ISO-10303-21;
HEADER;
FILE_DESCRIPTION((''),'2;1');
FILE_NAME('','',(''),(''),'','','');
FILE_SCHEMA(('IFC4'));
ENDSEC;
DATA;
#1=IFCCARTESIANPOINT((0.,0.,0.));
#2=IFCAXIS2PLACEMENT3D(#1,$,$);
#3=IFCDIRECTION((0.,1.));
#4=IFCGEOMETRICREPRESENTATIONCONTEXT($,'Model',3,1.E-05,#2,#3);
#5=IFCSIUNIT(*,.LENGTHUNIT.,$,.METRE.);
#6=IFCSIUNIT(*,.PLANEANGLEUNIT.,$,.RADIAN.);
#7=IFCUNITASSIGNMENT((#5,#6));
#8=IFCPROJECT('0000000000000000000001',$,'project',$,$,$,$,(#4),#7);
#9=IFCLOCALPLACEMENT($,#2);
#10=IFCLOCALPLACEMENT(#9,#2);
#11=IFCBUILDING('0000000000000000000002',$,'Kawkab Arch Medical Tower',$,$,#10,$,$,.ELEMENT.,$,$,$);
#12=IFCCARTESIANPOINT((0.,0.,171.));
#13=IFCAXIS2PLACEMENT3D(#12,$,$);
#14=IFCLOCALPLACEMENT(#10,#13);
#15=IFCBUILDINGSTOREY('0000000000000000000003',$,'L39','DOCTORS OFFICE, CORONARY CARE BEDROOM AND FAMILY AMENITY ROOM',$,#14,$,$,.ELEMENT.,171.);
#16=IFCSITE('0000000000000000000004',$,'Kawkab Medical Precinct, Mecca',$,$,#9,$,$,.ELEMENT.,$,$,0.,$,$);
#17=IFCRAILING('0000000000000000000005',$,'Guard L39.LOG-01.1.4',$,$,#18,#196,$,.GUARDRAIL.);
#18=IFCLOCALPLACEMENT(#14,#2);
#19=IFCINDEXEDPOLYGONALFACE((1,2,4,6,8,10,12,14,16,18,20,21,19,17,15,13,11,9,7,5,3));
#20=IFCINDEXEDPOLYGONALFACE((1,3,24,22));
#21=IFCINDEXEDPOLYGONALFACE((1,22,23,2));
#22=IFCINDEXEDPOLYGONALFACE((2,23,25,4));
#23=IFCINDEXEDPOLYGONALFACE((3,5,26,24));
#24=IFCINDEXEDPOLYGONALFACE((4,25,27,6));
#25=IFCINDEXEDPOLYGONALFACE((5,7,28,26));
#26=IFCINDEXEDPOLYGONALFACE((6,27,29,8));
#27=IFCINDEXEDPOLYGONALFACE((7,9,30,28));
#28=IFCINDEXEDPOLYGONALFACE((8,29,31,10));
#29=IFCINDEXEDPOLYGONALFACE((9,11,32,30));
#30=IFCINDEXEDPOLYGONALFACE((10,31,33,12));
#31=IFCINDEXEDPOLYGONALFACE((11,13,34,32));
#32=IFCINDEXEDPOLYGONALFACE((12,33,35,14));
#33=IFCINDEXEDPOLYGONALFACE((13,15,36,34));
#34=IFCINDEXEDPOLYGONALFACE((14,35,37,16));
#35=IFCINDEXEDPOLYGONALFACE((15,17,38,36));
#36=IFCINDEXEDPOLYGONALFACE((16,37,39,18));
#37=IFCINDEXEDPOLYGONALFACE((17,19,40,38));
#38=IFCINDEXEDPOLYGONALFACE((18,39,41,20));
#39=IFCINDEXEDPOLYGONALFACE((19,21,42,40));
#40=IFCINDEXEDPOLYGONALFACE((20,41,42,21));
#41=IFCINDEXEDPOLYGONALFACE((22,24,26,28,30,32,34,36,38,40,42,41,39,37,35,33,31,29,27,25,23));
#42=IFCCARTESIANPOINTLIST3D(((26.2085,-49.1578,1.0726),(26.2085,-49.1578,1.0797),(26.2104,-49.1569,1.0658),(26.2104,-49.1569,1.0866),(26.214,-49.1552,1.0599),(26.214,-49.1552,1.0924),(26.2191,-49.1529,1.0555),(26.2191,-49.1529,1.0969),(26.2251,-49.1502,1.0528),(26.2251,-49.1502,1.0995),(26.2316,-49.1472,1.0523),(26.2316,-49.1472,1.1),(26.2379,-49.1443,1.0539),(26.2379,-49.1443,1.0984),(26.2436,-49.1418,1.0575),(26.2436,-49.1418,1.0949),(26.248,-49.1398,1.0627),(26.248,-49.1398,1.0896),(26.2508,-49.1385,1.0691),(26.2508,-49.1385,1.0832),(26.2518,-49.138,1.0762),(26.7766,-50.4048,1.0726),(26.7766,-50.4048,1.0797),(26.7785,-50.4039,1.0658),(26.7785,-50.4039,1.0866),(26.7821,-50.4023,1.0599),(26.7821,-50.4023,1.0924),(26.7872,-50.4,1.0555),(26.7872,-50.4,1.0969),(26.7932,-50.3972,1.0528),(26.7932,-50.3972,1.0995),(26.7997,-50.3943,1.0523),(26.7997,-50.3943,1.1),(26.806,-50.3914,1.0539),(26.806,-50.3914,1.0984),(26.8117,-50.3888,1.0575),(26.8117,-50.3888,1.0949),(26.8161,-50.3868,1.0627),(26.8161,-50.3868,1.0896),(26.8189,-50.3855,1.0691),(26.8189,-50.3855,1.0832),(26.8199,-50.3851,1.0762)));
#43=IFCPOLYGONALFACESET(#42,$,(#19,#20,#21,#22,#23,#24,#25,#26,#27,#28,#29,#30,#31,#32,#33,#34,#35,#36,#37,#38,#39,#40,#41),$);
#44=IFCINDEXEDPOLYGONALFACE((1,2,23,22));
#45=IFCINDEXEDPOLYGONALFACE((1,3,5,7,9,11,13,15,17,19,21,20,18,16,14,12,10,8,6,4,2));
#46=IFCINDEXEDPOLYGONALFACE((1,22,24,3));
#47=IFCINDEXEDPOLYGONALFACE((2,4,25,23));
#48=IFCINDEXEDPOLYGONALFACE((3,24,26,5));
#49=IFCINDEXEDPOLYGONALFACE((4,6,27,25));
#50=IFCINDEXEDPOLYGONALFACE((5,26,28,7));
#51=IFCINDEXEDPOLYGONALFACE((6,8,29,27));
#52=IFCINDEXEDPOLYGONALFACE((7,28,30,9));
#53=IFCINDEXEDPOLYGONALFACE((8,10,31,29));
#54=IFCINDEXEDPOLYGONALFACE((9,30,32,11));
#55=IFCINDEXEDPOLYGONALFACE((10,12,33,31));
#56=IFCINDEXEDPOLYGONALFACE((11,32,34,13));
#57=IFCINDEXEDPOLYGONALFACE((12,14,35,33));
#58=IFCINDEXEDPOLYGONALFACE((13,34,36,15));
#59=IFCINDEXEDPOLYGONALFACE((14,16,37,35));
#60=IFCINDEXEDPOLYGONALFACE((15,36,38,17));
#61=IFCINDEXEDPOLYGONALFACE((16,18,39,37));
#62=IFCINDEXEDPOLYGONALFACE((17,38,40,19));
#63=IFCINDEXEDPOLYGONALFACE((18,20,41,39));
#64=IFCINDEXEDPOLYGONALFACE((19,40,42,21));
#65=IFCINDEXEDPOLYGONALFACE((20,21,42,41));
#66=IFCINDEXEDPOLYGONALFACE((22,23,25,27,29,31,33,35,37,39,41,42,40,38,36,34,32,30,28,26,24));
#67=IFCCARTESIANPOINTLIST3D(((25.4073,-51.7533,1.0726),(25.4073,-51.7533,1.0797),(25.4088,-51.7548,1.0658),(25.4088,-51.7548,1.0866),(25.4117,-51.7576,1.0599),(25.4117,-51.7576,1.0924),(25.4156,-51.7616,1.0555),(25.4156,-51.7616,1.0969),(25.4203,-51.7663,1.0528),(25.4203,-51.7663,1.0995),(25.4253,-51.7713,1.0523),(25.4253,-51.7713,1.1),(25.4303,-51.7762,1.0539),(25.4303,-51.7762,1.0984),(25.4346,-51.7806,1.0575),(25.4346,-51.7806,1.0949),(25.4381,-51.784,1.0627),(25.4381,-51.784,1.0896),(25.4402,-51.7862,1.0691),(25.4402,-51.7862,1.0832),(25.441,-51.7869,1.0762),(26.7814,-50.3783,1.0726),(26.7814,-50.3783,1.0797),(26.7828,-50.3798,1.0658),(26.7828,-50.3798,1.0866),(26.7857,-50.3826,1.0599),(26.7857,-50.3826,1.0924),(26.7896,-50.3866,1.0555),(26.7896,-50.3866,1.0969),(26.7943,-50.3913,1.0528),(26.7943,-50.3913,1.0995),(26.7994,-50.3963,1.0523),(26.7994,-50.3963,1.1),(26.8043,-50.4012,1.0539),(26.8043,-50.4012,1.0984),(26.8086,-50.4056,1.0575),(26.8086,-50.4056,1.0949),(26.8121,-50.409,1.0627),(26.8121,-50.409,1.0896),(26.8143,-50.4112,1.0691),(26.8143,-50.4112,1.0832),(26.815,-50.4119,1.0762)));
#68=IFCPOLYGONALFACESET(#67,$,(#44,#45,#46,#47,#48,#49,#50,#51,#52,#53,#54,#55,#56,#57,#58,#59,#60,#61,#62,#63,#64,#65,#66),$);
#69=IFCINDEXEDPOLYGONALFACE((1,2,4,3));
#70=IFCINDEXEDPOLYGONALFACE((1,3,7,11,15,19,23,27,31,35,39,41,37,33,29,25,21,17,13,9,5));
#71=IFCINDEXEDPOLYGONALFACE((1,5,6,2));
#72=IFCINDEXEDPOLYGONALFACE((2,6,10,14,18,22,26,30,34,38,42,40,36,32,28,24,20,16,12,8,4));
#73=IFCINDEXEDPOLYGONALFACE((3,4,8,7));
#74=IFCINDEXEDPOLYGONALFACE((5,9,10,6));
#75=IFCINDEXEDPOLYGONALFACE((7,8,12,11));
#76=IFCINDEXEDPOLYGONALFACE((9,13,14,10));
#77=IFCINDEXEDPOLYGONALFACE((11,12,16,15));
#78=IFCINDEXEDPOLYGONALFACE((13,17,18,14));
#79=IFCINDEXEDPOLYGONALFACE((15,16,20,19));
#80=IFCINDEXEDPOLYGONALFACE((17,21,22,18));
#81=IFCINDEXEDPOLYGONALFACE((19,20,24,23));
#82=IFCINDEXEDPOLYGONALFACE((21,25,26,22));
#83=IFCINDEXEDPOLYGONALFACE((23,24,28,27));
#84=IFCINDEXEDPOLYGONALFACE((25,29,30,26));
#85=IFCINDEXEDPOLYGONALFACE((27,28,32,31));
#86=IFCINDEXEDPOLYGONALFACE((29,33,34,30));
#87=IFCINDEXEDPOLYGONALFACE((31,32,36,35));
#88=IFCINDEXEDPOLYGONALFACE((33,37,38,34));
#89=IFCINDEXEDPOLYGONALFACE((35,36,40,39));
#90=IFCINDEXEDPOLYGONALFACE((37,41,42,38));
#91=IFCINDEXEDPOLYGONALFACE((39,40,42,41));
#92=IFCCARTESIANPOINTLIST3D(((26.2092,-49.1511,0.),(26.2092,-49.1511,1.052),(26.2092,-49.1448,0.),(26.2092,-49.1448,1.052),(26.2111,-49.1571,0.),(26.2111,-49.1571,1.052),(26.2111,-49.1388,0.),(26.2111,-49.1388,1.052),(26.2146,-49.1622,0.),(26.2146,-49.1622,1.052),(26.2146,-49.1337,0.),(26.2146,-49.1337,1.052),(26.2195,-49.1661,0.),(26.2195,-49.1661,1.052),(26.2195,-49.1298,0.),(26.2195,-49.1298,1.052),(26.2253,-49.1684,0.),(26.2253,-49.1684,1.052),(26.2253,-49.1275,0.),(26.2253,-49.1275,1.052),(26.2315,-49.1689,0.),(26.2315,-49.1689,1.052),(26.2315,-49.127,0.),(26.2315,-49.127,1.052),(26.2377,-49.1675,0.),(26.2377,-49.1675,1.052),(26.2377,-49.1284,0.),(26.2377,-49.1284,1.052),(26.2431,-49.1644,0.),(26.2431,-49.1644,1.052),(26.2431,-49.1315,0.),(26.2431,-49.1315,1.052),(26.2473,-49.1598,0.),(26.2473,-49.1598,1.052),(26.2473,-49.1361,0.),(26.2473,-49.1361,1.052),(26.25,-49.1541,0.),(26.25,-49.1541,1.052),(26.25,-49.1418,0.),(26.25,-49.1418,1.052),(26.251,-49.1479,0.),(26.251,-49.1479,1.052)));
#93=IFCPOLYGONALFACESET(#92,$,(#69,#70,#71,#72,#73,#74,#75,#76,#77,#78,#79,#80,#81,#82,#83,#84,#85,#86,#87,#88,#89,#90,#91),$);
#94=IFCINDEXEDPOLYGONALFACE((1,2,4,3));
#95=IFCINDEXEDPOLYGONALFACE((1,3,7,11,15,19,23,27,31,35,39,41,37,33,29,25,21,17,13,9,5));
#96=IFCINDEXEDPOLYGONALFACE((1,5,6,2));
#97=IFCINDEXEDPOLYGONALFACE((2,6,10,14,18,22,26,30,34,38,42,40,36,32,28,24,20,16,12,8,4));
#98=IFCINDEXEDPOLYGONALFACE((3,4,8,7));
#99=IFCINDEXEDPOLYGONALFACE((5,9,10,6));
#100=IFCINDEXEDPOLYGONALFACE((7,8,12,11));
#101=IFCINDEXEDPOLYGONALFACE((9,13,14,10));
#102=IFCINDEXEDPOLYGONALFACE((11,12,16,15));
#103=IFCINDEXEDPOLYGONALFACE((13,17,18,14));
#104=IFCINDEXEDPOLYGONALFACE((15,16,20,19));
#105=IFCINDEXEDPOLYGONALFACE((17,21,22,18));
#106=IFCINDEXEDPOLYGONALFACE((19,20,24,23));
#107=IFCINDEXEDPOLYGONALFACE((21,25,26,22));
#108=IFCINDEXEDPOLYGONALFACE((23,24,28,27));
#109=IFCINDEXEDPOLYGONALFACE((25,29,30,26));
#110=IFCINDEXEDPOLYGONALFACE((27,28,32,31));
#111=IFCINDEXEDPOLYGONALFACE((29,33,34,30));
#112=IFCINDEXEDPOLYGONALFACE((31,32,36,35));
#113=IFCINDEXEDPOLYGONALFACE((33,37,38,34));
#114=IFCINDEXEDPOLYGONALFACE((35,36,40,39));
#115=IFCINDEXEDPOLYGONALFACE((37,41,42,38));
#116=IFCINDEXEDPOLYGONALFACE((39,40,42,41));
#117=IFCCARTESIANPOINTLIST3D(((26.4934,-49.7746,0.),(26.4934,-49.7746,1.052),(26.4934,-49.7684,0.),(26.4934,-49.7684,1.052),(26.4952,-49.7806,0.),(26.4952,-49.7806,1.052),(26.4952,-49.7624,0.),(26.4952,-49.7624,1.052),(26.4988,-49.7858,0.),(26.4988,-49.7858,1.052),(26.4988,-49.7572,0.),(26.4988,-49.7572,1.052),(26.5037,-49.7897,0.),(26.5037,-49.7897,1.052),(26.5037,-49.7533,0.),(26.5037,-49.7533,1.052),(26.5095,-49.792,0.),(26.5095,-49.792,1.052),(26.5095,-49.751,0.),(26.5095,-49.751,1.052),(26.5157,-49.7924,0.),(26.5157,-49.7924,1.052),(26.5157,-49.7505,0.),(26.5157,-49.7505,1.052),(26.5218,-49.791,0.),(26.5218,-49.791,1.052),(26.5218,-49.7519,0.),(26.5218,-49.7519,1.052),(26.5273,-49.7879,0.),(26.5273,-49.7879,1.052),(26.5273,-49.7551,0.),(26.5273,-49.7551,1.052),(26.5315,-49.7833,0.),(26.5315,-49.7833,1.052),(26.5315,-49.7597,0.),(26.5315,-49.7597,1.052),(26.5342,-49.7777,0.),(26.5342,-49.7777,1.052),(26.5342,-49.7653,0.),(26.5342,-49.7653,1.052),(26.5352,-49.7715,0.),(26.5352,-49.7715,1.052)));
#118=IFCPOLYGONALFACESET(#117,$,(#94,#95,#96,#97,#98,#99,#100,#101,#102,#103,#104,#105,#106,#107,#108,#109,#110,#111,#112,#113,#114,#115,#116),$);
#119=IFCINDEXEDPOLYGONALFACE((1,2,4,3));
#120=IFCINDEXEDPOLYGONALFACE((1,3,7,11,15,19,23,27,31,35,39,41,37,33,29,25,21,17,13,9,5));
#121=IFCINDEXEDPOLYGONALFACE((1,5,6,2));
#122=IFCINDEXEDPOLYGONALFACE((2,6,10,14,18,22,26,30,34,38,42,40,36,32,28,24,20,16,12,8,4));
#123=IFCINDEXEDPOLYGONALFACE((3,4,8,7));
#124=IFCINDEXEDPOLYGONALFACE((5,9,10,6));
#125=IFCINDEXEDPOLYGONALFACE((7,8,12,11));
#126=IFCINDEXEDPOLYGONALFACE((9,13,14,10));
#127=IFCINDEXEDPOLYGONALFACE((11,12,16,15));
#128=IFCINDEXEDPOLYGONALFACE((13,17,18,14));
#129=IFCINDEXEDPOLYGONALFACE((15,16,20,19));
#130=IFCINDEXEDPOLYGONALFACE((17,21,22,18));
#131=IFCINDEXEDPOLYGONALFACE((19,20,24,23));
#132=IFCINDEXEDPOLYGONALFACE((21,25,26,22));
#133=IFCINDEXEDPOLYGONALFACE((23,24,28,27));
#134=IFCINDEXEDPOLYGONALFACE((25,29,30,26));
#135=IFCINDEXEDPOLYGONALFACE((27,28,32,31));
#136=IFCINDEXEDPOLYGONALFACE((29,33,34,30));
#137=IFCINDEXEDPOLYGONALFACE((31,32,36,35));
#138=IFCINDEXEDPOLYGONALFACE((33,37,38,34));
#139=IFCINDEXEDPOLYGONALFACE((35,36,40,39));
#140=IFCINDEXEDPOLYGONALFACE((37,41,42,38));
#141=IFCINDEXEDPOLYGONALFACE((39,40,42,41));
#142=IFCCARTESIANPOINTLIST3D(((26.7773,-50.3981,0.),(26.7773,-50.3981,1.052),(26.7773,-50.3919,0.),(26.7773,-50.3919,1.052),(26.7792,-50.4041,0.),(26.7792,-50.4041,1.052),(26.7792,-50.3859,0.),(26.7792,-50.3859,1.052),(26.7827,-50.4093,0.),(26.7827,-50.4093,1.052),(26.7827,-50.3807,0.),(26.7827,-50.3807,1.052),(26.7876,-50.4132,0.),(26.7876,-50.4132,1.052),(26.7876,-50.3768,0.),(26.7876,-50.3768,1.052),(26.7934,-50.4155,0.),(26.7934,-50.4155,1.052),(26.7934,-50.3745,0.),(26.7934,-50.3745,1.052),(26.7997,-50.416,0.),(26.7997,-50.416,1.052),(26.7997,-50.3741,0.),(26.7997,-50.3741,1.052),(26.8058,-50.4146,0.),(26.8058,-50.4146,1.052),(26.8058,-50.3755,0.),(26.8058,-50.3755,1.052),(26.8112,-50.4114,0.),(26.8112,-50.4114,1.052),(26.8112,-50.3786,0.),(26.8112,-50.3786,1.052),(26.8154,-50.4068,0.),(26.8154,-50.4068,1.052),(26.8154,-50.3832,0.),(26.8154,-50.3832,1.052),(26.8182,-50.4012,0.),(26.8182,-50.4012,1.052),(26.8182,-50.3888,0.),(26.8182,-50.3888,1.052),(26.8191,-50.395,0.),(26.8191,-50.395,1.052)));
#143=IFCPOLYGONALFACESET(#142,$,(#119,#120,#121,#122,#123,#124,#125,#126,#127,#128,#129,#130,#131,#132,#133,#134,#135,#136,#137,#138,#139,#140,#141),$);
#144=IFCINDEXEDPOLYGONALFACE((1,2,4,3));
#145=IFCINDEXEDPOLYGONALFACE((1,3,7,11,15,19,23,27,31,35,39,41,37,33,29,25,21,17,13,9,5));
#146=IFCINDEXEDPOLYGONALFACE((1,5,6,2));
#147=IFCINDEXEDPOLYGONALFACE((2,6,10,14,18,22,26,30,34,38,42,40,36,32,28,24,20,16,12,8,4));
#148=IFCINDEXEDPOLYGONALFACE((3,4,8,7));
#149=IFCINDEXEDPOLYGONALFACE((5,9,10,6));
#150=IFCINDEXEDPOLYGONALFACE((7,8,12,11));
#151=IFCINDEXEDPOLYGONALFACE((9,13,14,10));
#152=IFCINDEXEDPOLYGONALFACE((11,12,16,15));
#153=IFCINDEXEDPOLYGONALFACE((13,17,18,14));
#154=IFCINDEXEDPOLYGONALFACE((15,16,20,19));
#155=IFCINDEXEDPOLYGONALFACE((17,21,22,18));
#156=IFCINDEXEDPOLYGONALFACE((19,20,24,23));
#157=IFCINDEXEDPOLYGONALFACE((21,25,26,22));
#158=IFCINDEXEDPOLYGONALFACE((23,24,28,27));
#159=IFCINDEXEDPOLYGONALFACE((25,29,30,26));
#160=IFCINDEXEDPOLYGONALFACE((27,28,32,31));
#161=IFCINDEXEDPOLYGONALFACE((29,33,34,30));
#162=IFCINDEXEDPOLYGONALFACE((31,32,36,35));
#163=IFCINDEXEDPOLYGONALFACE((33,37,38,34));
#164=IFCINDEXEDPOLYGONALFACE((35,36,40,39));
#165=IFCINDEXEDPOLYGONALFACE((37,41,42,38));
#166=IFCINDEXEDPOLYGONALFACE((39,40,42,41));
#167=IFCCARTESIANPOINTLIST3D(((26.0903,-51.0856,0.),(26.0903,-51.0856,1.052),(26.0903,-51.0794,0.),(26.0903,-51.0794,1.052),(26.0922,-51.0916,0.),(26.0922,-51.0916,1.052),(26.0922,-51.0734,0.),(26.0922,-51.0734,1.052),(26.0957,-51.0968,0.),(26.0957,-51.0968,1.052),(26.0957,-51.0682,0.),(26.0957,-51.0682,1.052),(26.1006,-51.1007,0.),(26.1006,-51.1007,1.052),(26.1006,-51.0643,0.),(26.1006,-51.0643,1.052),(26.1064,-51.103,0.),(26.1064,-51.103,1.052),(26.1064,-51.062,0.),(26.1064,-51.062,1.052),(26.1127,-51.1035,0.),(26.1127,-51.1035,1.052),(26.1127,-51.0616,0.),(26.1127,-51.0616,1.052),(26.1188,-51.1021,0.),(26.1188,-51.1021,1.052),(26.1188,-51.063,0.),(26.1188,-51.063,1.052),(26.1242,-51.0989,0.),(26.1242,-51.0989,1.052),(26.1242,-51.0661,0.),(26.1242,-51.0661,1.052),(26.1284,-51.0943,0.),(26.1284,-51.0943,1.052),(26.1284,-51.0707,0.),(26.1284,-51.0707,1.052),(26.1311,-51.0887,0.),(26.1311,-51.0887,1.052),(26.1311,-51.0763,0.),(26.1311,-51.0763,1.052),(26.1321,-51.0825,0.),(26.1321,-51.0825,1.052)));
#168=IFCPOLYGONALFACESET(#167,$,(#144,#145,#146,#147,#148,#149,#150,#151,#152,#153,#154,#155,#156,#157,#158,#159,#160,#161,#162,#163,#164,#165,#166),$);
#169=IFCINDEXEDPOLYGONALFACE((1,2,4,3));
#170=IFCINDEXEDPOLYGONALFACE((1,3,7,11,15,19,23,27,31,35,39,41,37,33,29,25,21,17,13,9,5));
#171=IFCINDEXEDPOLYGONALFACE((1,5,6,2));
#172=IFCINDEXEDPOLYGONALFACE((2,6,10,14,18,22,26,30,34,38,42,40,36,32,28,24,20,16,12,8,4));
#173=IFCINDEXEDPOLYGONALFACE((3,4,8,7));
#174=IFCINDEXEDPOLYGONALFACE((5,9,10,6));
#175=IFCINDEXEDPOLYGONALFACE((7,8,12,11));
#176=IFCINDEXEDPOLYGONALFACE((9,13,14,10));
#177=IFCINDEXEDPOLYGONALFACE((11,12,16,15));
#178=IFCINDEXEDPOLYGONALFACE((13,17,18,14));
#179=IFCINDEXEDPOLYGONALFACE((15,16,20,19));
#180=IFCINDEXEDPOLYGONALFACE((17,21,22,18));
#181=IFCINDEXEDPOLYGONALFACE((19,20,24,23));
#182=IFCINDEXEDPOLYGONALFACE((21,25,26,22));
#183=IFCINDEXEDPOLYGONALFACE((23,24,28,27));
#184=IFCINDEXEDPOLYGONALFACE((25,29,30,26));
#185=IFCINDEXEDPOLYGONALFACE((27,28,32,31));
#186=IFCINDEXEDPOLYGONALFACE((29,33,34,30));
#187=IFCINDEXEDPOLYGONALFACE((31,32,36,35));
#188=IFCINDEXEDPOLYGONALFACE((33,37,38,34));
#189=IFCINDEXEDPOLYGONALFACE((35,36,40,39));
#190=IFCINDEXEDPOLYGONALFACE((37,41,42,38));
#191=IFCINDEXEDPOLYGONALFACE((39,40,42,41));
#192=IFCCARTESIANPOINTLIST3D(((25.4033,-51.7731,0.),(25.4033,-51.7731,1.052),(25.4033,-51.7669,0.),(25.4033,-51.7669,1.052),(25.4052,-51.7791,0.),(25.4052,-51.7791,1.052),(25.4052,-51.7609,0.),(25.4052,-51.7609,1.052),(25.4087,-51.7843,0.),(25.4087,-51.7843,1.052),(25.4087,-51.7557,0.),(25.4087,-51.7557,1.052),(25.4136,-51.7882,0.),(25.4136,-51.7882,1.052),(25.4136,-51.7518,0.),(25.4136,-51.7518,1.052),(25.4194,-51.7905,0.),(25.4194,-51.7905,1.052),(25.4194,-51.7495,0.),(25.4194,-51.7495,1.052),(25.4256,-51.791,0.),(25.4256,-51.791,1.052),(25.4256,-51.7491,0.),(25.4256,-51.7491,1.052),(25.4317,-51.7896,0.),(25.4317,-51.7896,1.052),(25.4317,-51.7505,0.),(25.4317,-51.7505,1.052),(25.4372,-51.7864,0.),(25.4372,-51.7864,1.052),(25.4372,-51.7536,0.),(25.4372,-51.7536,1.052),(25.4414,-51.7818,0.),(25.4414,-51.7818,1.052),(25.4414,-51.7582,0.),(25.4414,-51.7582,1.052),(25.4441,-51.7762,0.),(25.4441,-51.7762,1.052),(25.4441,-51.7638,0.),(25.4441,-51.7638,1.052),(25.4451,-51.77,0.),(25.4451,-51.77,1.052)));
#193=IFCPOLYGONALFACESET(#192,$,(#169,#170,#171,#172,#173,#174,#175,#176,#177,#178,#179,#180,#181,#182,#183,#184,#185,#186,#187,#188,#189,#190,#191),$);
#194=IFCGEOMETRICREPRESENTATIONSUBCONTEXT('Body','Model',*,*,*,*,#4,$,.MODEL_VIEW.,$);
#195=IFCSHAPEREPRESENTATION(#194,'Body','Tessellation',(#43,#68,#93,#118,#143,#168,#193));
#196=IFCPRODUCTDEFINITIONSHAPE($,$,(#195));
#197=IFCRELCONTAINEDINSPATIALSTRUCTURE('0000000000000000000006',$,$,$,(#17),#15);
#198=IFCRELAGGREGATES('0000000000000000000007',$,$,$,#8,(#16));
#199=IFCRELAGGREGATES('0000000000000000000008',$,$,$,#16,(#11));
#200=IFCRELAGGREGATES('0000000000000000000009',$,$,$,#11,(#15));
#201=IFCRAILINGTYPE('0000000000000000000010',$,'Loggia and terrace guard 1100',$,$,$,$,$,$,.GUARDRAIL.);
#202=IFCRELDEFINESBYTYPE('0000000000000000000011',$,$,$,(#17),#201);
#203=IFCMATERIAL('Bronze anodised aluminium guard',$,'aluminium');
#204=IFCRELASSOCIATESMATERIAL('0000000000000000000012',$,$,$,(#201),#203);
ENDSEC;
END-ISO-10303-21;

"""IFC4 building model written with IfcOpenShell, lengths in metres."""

from ifc_helpers import new_model, si_unit, direction, frame, origin, origin_2d, place, context, subcontext, project, spatial, circle, extrude, material, type_object, element, save


model = new_model("IFC4")

# Units and contexts
model_context = context("Model", 3, precision=1e-05, world=origin(), true_north=direction((0.0, 1.0)))
body_context = subcontext(model_context, "Body", "Model", "MODEL_VIEW")
ifc_project = project(units=[si_unit("LENGTHUNIT", "METRE"), si_unit("PLANEANGLEUNIT", "RADIAN")], contexts=[model_context])

# Site, building, storey
site_placement = place(None, origin())
site = spatial("IfcSite", under=ifc_project, at=site_placement, Name="Kawkab Medical Precinct, Mecca", CompositionType="ELEMENT", RefElevation=0.0)
building_placement = place(site_placement, origin())
building = spatial("IfcBuilding", under=site, at=building_placement, Name="Kawkab Arch Medical Tower", CompositionType="ELEMENT")
storey_placement = place(building_placement, frame((0.0, 0.0, 171.0)))
storey = spatial("IfcBuildingStorey", under=building, at=storey_placement, Name="L39", Description="DOCTORS OFFICE, CORONARY CARE BEDROOM AND FAMILY AMENITY ROOM", CompositionType="ELEMENT", Elevation=171.0)

# Railing
ifc_material_1 = material(Name="Bronze anodised aluminium guard", Category="aluminium")
railing_type = type_object("IfcRailingType", Name="Loggia and terrace guard 1100", PredefinedType="GUARDRAIL", material=ifc_material_1)
railing_1_placement = place(storey_placement, frame((26.23, -49.1479, 0.0)))
element("IfcRailing", 1, at=railing_1_placement, inside=storey, type_object=railing_type, Name="Guard L39.LOG-01.1.4", PredefinedType="GUARDRAIL", context=body_context, shape_type="SweptSolid", body=[
    extrude(circle(Radius=0.0239, at=origin_2d()), frame((0.0, 0.0, 1.0762), z_axis=(0.414568, -0.910018, 0.0), x_axis=(0.910018, 0.414568, 0.0)), (0.0, 0.0, 1.0), 1.3704),
    extrude(circle(Radius=0.0239, at=origin_2d()), frame((0.5681, -1.2471, 1.0762), z_axis=(-0.706856, -0.707358, 0.0), x_axis=(0.707358, -0.706856, 0.0)), (0.0, 0.0, 1.0), 1.9438),
    extrude(circle(Radius=0.021, at=origin_2d()), origin(), (0.0, 0.0, 1.0), 1.052),
    extrude(circle(Radius=0.021, at=origin_2d()), frame((0.2842, -0.6235, 0.0)), (0.0, 0.0, 1.0), 1.052),
    extrude(circle(Radius=0.021, at=origin_2d()), frame((0.5681, -1.2471, 0.0)), (0.0, 0.0, 1.0), 1.052),
    extrude(circle(Radius=0.021, at=origin_2d()), frame((-0.1189, -1.9346, 0.0)), (0.0, 0.0, 1.0), 1.052),
    extrude(circle(Radius=0.021, at=origin_2d()), frame((-0.8059, -2.6221, 0.0)), (0.0, 0.0, 1.0), 1.052),
])

save(model, "model.ifc")
